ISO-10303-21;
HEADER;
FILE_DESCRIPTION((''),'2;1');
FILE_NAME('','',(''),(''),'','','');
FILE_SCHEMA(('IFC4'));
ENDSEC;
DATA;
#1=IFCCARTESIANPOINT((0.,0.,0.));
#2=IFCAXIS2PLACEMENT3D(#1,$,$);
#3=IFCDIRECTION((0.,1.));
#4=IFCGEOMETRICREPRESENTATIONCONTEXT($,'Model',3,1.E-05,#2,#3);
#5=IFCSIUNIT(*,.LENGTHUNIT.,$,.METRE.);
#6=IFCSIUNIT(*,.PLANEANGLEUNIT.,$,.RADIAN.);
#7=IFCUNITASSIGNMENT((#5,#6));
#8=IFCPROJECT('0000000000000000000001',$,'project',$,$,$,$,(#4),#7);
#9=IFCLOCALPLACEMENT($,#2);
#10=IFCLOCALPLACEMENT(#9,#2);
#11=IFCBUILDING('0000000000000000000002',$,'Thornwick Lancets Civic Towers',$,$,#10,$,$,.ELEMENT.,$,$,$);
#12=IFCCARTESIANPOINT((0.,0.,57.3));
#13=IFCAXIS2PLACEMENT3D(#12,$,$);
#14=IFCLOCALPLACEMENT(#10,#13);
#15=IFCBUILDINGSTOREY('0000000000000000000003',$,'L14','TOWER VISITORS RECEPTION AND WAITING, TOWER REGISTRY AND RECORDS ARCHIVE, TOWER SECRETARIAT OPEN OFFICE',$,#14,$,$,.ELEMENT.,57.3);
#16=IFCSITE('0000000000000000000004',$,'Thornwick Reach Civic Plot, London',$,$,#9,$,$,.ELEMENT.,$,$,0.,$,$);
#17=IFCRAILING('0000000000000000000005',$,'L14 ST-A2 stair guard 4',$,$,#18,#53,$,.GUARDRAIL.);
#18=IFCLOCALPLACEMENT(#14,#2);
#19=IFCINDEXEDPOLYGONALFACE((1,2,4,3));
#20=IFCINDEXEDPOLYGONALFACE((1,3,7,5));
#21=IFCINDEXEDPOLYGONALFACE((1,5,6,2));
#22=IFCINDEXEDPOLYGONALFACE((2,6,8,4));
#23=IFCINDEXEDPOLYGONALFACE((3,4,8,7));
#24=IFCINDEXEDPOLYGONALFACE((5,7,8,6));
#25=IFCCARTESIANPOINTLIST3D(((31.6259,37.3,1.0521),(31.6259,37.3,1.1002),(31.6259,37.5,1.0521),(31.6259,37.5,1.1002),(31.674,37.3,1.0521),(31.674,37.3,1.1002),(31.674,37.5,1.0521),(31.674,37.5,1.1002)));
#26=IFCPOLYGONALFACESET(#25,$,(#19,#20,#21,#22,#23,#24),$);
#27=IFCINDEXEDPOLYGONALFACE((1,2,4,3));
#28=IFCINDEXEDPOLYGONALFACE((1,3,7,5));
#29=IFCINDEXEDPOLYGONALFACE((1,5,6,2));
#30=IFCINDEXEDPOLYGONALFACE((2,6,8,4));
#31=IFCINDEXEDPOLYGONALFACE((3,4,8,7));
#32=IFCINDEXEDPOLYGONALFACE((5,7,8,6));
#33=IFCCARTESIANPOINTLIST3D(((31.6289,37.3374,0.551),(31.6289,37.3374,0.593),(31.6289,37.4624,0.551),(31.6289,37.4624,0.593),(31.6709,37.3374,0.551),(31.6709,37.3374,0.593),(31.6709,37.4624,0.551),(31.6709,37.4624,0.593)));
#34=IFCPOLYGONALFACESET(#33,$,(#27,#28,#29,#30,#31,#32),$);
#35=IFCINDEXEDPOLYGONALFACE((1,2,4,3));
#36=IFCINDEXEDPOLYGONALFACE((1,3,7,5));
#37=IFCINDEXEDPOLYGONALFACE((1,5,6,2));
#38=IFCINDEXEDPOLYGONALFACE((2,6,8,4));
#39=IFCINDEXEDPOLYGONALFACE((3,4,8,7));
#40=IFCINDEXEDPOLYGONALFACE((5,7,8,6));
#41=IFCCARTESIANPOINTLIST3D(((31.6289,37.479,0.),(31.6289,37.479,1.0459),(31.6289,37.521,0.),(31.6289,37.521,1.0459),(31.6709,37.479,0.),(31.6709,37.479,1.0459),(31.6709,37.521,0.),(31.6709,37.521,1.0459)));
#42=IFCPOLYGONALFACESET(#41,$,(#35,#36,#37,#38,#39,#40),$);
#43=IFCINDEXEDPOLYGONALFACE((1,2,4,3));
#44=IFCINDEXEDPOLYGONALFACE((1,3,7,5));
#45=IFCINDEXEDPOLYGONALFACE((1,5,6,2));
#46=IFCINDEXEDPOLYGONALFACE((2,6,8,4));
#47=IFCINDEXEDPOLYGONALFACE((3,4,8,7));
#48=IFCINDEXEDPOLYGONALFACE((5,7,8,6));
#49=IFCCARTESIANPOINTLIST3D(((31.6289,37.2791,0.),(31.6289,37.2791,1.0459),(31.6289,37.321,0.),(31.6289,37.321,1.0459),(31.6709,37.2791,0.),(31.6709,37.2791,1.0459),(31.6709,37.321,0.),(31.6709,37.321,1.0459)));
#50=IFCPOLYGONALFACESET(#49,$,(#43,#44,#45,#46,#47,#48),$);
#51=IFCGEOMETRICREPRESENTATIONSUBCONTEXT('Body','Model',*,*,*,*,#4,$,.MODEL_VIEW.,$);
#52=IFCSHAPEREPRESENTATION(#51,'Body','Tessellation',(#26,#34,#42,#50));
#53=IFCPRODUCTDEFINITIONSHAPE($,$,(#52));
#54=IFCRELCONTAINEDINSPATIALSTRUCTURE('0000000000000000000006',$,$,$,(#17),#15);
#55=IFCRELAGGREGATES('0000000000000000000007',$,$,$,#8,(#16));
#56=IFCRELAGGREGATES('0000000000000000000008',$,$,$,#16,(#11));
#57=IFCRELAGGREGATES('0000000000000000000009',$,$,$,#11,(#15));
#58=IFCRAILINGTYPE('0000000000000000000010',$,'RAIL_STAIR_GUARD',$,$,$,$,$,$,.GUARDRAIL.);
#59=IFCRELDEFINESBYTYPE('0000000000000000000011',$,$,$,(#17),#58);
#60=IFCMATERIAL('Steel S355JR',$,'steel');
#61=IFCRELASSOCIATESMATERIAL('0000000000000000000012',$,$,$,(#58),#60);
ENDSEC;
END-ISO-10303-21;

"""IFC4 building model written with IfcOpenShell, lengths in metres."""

from ifc_helpers import new_model, si_unit, direction, frame, origin, origin_2d, place, context, subcontext, project, spatial, rectangle, extrude, material, type_object, element, save


model = new_model("IFC4")

# Units and contexts
model_context = context("Model", 3, precision=1e-05, world=origin(), true_north=direction((0.0, 1.0)))
body_context = subcontext(model_context, "Body", "Model", "MODEL_VIEW")
ifc_project = project(units=[si_unit("LENGTHUNIT", "METRE"), si_unit("PLANEANGLEUNIT", "RADIAN")], contexts=[model_context])

# Site, building, storey
site_placement = place(None, origin())
site = spatial("IfcSite", under=ifc_project, at=site_placement, Name="Thornwick Reach Civic Plot, London", CompositionType="ELEMENT", RefElevation=0.0)
building_placement = place(site_placement, origin())
building = spatial("IfcBuilding", under=site, at=building_placement, Name="Thornwick Lancets Civic Towers", CompositionType="ELEMENT")
storey_placement = place(building_placement, frame((0.0, 0.0, 57.3)))
storey = spatial("IfcBuildingStorey", under=building, at=storey_placement, Name="L14", Description="TOWER VISITORS RECEPTION AND WAITING, TOWER REGISTRY AND RECORDS ARCHIVE, TOWER SECRETARIAT OPEN OFFICE", CompositionType="ELEMENT", Elevation=57.3)

# Shared definitions
ifc_material_1 = material(Name="Steel S355JR", Category="steel")

# Railing
railing_type_1 = type_object("IfcRailingType", Name="RAIL_STAIR_GUARD", PredefinedType="GUARDRAIL", material=ifc_material_1)
railing_1_placement = place(storey_placement, frame((31.6499, 37.5, 0.0)))
element("IfcRailing", 1, at=railing_1_placement, inside=storey, type_object=railing_type_1, Name="L14 ST-A2 stair guard 4", PredefinedType="GUARDRAIL", context=body_context, shape_type="SweptSolid", body=[
    extrude(rectangle(XDim=0.0481, YDim=0.0481, at=origin_2d()), frame((0.0, 0.0, 1.0762), z_axis=(0.0, -1.0, 0.0), x_axis=(1.0, 0.0, 0.0)), (0.0, 0.0, 1.0), 0.2),
    extrude(rectangle(XDim=0.042, YDim=0.042, at=origin_2d()), frame((0.0, -0.0376, 0.572), z_axis=(0.0, -1.0, 0.0), x_axis=(1.0, 0.0, 0.0)), (0.0, 0.0, 1.0), 0.125),
    extrude(rectangle(XDim=0.042, YDim=0.042, at=origin_2d()), origin(), (0.0, 0.0, 1.0), 1.0459),
    extrude(rectangle(XDim=0.042, YDim=0.042, at=origin_2d()), frame((0.0, -0.2, 0.0)), (0.0, 0.0, 1.0), 1.0459),
])

save(model, "model.ifc")
